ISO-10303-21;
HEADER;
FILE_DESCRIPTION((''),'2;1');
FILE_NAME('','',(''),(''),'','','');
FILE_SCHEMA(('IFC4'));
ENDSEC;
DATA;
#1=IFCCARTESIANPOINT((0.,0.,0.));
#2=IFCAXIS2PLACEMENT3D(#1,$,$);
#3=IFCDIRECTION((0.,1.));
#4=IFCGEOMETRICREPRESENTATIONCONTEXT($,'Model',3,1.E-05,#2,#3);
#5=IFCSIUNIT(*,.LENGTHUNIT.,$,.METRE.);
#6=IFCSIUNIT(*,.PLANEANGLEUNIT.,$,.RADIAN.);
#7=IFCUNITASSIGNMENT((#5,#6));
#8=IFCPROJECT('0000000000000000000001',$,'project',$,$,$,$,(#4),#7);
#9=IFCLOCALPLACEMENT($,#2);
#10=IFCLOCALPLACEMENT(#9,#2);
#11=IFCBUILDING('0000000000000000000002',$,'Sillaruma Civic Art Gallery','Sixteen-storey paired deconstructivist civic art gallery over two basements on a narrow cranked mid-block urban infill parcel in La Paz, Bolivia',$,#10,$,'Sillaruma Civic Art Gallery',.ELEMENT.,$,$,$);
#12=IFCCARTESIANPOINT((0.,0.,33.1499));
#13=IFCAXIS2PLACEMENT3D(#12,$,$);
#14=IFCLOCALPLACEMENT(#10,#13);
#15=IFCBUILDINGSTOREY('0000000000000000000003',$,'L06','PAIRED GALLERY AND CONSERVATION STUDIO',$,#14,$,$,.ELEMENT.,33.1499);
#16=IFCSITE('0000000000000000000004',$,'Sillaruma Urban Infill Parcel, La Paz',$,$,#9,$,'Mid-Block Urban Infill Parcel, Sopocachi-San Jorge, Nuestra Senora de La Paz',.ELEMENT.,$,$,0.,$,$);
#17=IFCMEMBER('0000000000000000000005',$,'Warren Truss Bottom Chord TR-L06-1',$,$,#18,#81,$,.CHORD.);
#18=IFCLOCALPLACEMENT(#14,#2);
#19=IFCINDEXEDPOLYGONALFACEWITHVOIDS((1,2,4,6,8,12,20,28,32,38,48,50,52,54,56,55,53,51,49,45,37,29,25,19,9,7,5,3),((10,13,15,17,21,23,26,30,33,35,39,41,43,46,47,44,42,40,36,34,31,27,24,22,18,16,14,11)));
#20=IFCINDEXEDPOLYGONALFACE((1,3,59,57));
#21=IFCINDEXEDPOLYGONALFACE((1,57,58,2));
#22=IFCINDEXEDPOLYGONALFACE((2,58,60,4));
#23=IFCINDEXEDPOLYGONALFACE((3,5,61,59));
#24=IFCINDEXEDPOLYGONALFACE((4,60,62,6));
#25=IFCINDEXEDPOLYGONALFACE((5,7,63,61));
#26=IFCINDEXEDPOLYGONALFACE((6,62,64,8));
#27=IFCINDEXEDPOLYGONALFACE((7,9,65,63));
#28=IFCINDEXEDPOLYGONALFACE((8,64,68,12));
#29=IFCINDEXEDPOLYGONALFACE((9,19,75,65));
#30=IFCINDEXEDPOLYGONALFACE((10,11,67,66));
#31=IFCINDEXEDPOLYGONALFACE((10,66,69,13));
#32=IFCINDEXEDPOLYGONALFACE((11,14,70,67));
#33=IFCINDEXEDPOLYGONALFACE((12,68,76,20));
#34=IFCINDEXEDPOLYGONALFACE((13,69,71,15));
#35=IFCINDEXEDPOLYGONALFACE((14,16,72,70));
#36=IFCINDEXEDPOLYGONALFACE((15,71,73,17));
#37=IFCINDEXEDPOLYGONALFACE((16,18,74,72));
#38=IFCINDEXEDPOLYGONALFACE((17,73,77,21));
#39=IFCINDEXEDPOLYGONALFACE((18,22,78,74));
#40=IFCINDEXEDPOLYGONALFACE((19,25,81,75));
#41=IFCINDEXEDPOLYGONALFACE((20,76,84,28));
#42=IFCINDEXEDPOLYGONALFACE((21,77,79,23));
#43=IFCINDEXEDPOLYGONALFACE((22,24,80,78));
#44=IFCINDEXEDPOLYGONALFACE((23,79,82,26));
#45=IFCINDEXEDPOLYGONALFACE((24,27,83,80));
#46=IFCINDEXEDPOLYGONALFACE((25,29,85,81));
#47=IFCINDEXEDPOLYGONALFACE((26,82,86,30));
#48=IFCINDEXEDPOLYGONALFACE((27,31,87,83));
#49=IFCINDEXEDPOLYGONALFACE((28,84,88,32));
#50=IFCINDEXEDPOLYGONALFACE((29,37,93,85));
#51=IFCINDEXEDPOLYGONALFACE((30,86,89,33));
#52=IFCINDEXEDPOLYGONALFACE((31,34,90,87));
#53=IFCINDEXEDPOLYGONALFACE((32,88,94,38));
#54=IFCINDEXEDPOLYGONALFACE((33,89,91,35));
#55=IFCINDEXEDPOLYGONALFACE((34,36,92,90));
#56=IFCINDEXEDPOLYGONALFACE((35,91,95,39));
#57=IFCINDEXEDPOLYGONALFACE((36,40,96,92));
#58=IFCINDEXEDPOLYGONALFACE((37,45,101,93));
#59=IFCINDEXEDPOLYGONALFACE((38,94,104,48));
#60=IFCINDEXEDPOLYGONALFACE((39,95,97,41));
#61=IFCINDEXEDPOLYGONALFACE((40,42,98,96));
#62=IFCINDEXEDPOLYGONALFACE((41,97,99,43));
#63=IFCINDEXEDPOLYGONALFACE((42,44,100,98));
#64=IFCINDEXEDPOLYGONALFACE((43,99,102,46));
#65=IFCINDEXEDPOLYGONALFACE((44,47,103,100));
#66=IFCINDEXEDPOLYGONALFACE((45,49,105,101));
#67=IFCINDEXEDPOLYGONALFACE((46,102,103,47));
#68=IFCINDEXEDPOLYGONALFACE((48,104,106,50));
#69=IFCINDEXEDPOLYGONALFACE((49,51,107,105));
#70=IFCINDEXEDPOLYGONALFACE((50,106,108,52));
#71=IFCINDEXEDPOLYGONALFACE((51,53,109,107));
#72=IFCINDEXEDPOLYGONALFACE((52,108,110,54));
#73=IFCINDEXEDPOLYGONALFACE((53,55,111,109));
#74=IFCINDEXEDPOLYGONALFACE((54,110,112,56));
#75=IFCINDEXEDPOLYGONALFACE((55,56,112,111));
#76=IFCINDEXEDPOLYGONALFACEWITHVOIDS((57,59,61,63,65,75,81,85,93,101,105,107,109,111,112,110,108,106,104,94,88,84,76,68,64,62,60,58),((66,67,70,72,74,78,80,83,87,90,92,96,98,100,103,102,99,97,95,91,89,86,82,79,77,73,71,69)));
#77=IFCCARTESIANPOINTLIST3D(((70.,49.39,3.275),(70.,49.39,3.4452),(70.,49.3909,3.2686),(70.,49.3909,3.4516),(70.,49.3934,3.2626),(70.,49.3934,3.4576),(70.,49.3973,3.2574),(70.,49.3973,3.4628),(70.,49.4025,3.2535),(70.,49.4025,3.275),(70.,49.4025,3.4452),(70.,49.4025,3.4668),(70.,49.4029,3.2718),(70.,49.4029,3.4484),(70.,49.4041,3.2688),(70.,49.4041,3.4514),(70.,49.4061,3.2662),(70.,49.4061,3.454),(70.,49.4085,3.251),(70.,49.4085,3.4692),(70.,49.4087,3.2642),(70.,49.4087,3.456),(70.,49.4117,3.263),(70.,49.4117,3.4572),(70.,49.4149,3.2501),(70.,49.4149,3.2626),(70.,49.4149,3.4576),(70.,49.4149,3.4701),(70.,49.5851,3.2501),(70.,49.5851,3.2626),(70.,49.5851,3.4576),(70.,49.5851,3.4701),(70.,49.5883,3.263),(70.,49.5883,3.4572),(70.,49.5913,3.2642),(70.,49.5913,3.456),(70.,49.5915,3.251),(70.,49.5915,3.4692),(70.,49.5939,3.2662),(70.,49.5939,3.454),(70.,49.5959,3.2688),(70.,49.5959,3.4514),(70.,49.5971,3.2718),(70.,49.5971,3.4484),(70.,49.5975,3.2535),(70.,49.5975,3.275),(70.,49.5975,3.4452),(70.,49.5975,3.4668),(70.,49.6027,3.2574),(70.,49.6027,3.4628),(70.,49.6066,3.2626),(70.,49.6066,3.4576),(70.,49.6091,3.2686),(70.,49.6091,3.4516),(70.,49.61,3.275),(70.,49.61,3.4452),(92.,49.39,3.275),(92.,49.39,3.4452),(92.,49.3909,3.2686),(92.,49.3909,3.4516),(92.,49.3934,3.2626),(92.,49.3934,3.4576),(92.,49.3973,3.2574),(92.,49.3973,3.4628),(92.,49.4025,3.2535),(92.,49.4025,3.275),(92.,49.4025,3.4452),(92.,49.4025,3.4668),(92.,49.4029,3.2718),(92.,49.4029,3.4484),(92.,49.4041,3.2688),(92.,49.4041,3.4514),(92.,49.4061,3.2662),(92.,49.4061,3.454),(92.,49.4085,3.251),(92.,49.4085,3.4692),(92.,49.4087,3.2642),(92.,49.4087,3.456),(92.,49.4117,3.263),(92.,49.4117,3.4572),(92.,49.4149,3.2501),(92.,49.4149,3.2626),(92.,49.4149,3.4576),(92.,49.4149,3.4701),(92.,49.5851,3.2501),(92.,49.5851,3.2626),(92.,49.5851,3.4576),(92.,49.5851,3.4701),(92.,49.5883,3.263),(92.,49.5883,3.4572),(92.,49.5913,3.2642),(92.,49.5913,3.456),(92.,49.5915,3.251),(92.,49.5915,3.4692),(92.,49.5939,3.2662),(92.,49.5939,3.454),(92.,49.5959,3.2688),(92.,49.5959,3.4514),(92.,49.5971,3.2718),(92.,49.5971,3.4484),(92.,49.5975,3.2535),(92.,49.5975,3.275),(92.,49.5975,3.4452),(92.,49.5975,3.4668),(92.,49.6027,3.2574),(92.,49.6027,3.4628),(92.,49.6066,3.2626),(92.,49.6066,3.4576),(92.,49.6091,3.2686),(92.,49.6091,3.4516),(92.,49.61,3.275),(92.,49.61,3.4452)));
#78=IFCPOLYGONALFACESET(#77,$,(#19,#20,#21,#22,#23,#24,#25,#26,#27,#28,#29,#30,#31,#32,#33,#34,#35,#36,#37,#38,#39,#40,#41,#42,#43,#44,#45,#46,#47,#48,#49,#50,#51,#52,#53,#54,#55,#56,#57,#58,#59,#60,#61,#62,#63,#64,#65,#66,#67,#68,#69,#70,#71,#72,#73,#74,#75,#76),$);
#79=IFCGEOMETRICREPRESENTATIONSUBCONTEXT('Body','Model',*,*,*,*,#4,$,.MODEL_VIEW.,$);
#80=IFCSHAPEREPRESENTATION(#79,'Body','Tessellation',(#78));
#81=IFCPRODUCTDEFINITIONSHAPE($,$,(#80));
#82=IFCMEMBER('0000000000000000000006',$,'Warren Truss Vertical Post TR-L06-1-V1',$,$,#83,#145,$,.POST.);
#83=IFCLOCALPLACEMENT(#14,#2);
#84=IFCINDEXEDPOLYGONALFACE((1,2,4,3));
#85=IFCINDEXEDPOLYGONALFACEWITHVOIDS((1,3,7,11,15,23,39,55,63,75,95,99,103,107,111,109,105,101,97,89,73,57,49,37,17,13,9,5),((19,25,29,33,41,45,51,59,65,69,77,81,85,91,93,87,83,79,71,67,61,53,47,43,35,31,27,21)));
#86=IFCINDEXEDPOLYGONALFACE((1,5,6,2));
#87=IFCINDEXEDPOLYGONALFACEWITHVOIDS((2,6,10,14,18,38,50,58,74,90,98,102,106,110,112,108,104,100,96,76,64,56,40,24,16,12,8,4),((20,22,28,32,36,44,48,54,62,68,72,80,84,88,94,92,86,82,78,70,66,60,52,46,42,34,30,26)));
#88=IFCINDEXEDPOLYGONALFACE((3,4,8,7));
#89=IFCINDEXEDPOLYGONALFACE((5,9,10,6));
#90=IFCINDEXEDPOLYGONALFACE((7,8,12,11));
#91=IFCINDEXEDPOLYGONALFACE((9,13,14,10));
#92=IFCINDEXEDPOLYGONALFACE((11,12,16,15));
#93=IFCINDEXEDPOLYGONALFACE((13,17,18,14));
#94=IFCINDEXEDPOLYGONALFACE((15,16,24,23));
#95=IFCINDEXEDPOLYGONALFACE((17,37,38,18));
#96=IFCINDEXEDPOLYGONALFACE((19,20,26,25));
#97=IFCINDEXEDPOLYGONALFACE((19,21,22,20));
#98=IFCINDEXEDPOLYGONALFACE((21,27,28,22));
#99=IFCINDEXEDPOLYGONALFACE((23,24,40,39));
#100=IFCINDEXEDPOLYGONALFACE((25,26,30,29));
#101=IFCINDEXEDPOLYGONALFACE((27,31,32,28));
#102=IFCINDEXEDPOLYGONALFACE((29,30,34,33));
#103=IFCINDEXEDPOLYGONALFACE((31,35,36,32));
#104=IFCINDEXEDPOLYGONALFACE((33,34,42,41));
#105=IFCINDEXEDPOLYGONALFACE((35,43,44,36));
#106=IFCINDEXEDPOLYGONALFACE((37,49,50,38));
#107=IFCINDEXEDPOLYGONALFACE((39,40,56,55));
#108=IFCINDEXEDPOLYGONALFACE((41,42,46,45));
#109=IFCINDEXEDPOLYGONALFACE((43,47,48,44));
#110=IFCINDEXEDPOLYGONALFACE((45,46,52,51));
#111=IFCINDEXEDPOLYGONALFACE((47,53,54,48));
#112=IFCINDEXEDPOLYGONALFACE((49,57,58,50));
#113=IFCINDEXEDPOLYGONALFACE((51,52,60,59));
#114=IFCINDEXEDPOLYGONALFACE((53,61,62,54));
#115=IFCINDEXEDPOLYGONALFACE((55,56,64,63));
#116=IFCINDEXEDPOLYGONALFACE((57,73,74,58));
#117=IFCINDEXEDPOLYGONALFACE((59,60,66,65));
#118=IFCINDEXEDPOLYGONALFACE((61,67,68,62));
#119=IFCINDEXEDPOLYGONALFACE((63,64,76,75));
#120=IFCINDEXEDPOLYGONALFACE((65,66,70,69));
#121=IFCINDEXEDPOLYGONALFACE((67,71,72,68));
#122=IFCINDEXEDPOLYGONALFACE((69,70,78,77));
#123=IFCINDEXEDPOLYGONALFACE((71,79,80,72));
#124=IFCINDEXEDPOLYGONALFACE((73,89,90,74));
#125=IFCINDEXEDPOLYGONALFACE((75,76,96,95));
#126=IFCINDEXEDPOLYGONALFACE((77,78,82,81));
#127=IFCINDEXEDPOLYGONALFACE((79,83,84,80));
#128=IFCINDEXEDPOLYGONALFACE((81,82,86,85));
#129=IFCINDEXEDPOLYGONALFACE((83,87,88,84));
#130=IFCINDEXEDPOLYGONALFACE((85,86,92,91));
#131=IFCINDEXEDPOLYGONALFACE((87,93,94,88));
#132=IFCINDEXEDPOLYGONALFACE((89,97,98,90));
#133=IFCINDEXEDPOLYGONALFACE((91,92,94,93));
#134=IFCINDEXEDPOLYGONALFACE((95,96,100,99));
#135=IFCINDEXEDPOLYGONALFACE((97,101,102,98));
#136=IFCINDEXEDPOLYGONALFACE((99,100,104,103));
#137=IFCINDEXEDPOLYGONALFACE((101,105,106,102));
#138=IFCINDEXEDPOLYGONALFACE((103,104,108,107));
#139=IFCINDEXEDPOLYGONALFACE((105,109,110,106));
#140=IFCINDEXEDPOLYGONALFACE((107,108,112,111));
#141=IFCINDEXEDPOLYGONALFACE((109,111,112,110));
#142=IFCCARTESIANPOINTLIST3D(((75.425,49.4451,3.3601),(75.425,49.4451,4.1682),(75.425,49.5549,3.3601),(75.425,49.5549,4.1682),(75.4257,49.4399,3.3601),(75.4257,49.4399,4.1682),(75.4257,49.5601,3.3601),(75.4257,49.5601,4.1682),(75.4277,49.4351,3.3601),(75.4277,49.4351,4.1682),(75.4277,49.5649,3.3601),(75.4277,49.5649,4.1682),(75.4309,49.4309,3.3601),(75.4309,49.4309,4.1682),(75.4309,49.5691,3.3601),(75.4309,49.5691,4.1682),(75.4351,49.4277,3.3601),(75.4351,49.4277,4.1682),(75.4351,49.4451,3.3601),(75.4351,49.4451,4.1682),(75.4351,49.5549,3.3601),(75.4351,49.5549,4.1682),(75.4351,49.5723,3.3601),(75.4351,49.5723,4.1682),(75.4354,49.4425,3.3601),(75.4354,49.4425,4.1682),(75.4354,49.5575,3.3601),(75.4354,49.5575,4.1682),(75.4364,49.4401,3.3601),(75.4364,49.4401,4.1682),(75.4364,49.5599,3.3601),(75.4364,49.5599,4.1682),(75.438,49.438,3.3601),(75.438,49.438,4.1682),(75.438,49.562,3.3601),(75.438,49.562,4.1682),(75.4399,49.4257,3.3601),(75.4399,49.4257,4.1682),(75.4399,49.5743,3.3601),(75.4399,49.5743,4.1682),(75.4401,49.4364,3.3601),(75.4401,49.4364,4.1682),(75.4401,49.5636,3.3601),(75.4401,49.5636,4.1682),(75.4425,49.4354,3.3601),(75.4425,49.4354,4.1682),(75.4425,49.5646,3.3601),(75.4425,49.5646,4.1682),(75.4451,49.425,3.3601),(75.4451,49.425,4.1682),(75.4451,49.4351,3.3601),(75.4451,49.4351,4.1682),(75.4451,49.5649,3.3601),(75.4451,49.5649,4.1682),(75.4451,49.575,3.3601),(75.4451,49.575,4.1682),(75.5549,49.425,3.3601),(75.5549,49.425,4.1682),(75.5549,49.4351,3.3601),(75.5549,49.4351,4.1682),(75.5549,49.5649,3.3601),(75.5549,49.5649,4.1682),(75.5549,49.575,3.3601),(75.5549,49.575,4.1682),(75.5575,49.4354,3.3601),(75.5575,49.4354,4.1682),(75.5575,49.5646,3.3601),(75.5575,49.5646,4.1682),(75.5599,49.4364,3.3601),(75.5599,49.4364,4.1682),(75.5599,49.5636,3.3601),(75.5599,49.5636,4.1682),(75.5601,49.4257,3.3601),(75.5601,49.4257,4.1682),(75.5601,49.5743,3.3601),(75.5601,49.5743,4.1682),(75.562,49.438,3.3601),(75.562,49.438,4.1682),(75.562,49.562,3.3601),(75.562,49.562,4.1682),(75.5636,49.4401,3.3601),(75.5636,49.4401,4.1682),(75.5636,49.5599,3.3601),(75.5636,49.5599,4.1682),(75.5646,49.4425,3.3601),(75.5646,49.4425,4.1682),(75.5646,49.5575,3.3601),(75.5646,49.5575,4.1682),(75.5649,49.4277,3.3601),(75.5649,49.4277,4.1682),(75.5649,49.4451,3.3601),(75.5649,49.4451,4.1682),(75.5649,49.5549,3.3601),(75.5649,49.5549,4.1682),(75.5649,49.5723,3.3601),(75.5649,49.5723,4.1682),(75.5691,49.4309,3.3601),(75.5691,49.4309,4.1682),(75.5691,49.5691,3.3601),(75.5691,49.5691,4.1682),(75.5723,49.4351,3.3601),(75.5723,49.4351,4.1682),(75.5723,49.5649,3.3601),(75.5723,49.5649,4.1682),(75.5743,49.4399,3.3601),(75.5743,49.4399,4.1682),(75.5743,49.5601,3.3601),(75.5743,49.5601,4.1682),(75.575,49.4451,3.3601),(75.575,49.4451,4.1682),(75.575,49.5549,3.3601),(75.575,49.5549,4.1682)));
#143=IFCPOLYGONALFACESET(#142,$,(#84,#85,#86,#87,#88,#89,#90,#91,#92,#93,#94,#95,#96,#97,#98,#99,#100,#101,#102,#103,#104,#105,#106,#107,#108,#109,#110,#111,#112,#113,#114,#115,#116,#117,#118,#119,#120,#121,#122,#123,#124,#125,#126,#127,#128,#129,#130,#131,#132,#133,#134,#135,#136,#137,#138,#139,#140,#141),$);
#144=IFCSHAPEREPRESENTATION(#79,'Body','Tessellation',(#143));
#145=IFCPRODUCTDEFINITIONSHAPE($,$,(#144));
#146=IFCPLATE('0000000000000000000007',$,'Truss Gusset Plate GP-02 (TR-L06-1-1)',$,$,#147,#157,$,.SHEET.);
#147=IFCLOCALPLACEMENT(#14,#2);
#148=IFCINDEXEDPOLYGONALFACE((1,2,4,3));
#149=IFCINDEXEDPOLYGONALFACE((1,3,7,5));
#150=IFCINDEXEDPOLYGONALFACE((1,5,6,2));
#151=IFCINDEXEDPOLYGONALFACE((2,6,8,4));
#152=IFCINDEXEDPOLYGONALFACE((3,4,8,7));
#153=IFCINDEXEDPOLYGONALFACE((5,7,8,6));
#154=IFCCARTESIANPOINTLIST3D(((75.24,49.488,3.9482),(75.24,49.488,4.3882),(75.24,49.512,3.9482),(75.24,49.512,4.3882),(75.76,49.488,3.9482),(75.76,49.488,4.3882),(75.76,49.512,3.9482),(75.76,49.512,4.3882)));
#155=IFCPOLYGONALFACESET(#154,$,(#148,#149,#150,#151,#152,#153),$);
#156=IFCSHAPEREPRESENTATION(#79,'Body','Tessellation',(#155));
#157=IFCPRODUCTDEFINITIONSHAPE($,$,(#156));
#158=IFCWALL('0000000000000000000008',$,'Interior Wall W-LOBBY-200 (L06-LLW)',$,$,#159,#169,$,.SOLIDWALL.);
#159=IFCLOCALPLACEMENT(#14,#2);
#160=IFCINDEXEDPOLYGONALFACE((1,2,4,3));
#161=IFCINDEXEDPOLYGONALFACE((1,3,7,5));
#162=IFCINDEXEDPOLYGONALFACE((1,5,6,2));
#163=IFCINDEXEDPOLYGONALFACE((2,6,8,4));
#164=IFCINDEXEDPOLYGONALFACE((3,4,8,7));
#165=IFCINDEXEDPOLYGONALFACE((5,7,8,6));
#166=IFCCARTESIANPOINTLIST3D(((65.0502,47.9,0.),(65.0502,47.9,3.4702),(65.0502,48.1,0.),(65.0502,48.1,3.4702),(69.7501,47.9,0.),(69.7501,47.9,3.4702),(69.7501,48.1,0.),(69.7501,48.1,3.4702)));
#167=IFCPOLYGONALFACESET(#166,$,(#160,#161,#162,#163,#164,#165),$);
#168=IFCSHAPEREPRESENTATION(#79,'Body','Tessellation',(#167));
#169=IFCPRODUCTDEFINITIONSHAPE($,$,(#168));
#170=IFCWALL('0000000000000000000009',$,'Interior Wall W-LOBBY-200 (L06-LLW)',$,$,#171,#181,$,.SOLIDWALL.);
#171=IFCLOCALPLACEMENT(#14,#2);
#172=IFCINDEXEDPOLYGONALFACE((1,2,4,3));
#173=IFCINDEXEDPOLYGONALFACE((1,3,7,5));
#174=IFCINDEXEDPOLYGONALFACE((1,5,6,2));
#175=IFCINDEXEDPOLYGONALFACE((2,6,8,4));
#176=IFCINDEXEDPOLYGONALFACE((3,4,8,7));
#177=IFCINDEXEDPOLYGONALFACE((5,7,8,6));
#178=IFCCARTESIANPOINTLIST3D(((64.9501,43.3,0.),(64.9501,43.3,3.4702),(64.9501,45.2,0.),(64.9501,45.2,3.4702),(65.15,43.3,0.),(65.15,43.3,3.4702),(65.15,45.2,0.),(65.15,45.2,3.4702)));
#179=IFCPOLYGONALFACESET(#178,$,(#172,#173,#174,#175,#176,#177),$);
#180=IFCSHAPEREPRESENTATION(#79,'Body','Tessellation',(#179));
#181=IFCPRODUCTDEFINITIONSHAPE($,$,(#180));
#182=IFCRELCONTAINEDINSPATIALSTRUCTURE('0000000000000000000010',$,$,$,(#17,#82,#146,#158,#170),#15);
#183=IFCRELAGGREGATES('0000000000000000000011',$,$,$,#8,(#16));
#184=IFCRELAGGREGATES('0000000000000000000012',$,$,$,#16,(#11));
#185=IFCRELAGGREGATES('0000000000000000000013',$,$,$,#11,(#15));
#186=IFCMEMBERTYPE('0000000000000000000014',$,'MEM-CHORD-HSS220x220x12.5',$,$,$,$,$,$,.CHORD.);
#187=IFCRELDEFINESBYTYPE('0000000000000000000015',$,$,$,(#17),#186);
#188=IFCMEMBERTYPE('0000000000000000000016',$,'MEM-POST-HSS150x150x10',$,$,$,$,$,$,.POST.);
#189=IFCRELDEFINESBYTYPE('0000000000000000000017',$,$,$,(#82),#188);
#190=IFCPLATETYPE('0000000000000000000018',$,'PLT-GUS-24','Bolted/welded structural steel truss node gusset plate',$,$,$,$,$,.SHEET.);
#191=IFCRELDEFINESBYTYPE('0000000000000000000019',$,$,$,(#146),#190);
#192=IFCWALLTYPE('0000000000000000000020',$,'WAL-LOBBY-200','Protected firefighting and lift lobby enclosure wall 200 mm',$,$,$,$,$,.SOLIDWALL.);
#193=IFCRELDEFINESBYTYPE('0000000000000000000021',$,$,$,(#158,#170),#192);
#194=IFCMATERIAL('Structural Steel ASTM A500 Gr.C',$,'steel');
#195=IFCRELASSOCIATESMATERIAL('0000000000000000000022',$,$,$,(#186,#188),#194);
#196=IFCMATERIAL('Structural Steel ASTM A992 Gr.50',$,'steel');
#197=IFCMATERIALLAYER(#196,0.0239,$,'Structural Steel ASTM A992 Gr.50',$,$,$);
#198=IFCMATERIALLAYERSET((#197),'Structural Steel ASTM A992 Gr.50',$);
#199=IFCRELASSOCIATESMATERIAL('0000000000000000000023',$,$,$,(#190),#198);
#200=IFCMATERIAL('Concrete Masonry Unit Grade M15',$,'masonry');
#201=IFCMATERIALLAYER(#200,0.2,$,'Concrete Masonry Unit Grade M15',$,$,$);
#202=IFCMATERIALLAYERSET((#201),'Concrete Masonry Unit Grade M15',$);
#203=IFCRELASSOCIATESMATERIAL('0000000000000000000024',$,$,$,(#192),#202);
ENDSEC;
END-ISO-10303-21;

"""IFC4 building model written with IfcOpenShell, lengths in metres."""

from ifc_helpers import new_model, si_unit, direction, frame, frame_2d, origin, origin_2d, place, context, subcontext, project, spatial, rectangle, hollow_rectangle, extrude, material, layer, layer_set, material_profile, profile_set, type_object, element, save


model = new_model("IFC4")

# Units and contexts
model_context = context("Model", 3, precision=1e-05, world=origin(), true_north=direction((0.0, 1.0)))
body_context = subcontext(model_context, "Body", "Model", "MODEL_VIEW")
ifc_project = project(units=[si_unit("LENGTHUNIT", "METRE"), si_unit("PLANEANGLEUNIT", "RADIAN")], contexts=[model_context])

# Site, building, storey
site_placement = place(None, origin())
site = spatial("IfcSite", under=ifc_project, at=site_placement, Name="Sillaruma Urban Infill Parcel, La Paz", LongName="Mid-Block Urban Infill Parcel, Sopocachi-San Jorge, Nuestra Senora de La Paz", CompositionType="ELEMENT", RefElevation=0.0)
building_placement = place(site_placement, origin())
building = spatial("IfcBuilding", under=site, at=building_placement, Name="Sillaruma Civic Art Gallery", Description="Sixteen-storey paired deconstructivist civic art gallery over two basements on a narrow cranked mid-block urban infill parcel in La Paz, Bolivia", LongName="Sillaruma Civic Art Gallery", CompositionType="ELEMENT")
storey_placement = place(building_placement, frame((0.0, 0.0, 33.1499)))
storey = spatial("IfcBuildingStorey", under=building, at=storey_placement, Name="L06", Description="PAIRED GALLERY AND CONSERVATION STUDIO", CompositionType="ELEMENT", Elevation=33.1499)

# Shared definitions
ifc_material_1 = material(Name="Structural Steel ASTM A992 Gr.50", Category="steel")

# Members
ifc_material_2 = material(Name="Structural Steel ASTM A500 Gr.C", Category="steel")
ifc_material_profile_1 = material_profile(ifc_material_2, hollow_rectangle(XDim=0.22, YDim=0.22, WallThickness=0.0125, InnerFilletRadius=0.0125, OuterFilletRadius=0.0249, at=origin_2d()), Name="HSS220x220x12.5")
ifc_profile_set_1 = profile_set([ifc_material_profile_1], Name="Structural Steel ASTM A500 Gr.C")
member_type_1 = type_object("IfcMemberType", Name="MEM-CHORD-HSS220x220x12.5", PredefinedType="CHORD", material=ifc_profile_set_1)
member_1_placement = place(storey_placement, frame((70.0, 49.5, 3.3601), z_axis=(1.0, 0.0, 0.0), x_axis=(0.0, 1.0, 0.0)))
element("IfcMember", 1, at=member_1_placement, inside=storey, type_object=member_type_1, Name="Warren Truss Bottom Chord TR-L06-1", PredefinedType="CHORD", context=body_context, shape_type="SweptSolid", body=[
    extrude(hollow_rectangle(XDim=0.22, YDim=0.22, WallThickness=0.0125, InnerFilletRadius=0.0125, OuterFilletRadius=0.0249, at=origin_2d()), origin(), (0.0, 0.0, 1.0), 22.0),
])
ifc_material_profile_2 = material_profile(ifc_material_2, hollow_rectangle(XDim=0.1499, YDim=0.1499, WallThickness=0.01, InnerFilletRadius=0.01, OuterFilletRadius=0.02, at=origin_2d()), Name="HSS150x150x10")
ifc_profile_set_2 = profile_set([ifc_material_profile_2], Name="Structural Steel ASTM A500 Gr.C")
member_type_2 = type_object("IfcMemberType", Name="MEM-POST-HSS150x150x10", PredefinedType="POST", material=ifc_profile_set_2)
member_2_placement = place(storey_placement, frame((75.5, 49.5, 3.3601), z_axis=(0.0, 0.0, 1.0), x_axis=(1.0, 0.0, 0.0)))
element("IfcMember", 2, at=member_2_placement, inside=storey, type_object=member_type_2, Name="Warren Truss Vertical Post TR-L06-1-V1", PredefinedType="POST", context=body_context, shape_type="SweptSolid", body=[
    extrude(hollow_rectangle(XDim=0.1499, YDim=0.1499, WallThickness=0.01, InnerFilletRadius=0.01, OuterFilletRadius=0.02, at=origin_2d()), origin(), (0.0, 0.0, 1.0), 0.8081),
])

# Plate
ifc_layer_1 = layer(ifc_material_1, 0.0239, Name="Structural Steel ASTM A992 Gr.50")
ifc_layer_set_1 = layer_set([ifc_layer_1], Name="Structural Steel ASTM A992 Gr.50")
plate_type = type_object("IfcPlateType", Name="PLT-GUS-24", Description="Bolted/welded structural steel truss node gusset plate", PredefinedType="SHEET", material=ifc_layer_set_1)
plate_placement = place(storey_placement, frame((75.5, 49.5, 3.9482), z_axis=(0.0, 0.0, 1.0), x_axis=(1.0, 0.0, 0.0)))
element("IfcPlate", 3, at=plate_placement, inside=storey, type_object=plate_type, Name="Truss Gusset Plate GP-02 (TR-L06-1-1)", PredefinedType="SHEET", context=body_context, shape_type="SweptSolid", body=[
    extrude(rectangle(XDim=0.52, YDim=0.0239, at=origin_2d()), origin(), (0.0, 0.0, 1.0), 0.4399),
])

# Walls
ifc_material_3 = material(Name="Concrete Masonry Unit Grade M15", Category="masonry")
ifc_layer_2 = layer(ifc_material_3, 0.2, Name="Concrete Masonry Unit Grade M15")
ifc_layer_set_2 = layer_set([ifc_layer_2], Name="Concrete Masonry Unit Grade M15")
wall_type_1 = type_object("IfcWallType", Name="WAL-LOBBY-200", Description="Protected firefighting and lift lobby enclosure wall 200 mm", PredefinedType="SOLIDWALL", material=ifc_layer_set_2)
wall_1_placement = place(storey_placement, frame((65.05, 48.0, 0.0), z_axis=(0.0, 0.0, 1.0), x_axis=(1.0, 0.0, 0.0)))
element("IfcWall", 4, at=wall_1_placement, inside=storey, type_object=wall_type_1, Name="Interior Wall W-LOBBY-200 (L06-LLW)", PredefinedType="SOLIDWALL", context=body_context, shape_type="SweptSolid", body=[
    extrude(rectangle(XDim=4.7, YDim=0.2, at=frame_2d((2.3501, 0.0))), origin(), (0.0, 0.0, 1.0), 3.4702),
])
wall_2_placement = place(storey_placement, frame((65.05, 43.3, 0.0), z_axis=(0.0, 0.0, 1.0), x_axis=(0.0, 1.0, 0.0)))
element("IfcWall", 5, at=wall_2_placement, inside=storey, type_object=wall_type_1, Name="Interior Wall W-LOBBY-200 (L06-LLW)", PredefinedType="SOLIDWALL", context=body_context, shape_type="SweptSolid", body=[
    extrude(rectangle(XDim=1.8999, YDim=0.2, at=frame_2d((0.95, 0.0))), origin(), (0.0, 0.0, 1.0), 3.4702),
])

save(model, "model.ifc")
